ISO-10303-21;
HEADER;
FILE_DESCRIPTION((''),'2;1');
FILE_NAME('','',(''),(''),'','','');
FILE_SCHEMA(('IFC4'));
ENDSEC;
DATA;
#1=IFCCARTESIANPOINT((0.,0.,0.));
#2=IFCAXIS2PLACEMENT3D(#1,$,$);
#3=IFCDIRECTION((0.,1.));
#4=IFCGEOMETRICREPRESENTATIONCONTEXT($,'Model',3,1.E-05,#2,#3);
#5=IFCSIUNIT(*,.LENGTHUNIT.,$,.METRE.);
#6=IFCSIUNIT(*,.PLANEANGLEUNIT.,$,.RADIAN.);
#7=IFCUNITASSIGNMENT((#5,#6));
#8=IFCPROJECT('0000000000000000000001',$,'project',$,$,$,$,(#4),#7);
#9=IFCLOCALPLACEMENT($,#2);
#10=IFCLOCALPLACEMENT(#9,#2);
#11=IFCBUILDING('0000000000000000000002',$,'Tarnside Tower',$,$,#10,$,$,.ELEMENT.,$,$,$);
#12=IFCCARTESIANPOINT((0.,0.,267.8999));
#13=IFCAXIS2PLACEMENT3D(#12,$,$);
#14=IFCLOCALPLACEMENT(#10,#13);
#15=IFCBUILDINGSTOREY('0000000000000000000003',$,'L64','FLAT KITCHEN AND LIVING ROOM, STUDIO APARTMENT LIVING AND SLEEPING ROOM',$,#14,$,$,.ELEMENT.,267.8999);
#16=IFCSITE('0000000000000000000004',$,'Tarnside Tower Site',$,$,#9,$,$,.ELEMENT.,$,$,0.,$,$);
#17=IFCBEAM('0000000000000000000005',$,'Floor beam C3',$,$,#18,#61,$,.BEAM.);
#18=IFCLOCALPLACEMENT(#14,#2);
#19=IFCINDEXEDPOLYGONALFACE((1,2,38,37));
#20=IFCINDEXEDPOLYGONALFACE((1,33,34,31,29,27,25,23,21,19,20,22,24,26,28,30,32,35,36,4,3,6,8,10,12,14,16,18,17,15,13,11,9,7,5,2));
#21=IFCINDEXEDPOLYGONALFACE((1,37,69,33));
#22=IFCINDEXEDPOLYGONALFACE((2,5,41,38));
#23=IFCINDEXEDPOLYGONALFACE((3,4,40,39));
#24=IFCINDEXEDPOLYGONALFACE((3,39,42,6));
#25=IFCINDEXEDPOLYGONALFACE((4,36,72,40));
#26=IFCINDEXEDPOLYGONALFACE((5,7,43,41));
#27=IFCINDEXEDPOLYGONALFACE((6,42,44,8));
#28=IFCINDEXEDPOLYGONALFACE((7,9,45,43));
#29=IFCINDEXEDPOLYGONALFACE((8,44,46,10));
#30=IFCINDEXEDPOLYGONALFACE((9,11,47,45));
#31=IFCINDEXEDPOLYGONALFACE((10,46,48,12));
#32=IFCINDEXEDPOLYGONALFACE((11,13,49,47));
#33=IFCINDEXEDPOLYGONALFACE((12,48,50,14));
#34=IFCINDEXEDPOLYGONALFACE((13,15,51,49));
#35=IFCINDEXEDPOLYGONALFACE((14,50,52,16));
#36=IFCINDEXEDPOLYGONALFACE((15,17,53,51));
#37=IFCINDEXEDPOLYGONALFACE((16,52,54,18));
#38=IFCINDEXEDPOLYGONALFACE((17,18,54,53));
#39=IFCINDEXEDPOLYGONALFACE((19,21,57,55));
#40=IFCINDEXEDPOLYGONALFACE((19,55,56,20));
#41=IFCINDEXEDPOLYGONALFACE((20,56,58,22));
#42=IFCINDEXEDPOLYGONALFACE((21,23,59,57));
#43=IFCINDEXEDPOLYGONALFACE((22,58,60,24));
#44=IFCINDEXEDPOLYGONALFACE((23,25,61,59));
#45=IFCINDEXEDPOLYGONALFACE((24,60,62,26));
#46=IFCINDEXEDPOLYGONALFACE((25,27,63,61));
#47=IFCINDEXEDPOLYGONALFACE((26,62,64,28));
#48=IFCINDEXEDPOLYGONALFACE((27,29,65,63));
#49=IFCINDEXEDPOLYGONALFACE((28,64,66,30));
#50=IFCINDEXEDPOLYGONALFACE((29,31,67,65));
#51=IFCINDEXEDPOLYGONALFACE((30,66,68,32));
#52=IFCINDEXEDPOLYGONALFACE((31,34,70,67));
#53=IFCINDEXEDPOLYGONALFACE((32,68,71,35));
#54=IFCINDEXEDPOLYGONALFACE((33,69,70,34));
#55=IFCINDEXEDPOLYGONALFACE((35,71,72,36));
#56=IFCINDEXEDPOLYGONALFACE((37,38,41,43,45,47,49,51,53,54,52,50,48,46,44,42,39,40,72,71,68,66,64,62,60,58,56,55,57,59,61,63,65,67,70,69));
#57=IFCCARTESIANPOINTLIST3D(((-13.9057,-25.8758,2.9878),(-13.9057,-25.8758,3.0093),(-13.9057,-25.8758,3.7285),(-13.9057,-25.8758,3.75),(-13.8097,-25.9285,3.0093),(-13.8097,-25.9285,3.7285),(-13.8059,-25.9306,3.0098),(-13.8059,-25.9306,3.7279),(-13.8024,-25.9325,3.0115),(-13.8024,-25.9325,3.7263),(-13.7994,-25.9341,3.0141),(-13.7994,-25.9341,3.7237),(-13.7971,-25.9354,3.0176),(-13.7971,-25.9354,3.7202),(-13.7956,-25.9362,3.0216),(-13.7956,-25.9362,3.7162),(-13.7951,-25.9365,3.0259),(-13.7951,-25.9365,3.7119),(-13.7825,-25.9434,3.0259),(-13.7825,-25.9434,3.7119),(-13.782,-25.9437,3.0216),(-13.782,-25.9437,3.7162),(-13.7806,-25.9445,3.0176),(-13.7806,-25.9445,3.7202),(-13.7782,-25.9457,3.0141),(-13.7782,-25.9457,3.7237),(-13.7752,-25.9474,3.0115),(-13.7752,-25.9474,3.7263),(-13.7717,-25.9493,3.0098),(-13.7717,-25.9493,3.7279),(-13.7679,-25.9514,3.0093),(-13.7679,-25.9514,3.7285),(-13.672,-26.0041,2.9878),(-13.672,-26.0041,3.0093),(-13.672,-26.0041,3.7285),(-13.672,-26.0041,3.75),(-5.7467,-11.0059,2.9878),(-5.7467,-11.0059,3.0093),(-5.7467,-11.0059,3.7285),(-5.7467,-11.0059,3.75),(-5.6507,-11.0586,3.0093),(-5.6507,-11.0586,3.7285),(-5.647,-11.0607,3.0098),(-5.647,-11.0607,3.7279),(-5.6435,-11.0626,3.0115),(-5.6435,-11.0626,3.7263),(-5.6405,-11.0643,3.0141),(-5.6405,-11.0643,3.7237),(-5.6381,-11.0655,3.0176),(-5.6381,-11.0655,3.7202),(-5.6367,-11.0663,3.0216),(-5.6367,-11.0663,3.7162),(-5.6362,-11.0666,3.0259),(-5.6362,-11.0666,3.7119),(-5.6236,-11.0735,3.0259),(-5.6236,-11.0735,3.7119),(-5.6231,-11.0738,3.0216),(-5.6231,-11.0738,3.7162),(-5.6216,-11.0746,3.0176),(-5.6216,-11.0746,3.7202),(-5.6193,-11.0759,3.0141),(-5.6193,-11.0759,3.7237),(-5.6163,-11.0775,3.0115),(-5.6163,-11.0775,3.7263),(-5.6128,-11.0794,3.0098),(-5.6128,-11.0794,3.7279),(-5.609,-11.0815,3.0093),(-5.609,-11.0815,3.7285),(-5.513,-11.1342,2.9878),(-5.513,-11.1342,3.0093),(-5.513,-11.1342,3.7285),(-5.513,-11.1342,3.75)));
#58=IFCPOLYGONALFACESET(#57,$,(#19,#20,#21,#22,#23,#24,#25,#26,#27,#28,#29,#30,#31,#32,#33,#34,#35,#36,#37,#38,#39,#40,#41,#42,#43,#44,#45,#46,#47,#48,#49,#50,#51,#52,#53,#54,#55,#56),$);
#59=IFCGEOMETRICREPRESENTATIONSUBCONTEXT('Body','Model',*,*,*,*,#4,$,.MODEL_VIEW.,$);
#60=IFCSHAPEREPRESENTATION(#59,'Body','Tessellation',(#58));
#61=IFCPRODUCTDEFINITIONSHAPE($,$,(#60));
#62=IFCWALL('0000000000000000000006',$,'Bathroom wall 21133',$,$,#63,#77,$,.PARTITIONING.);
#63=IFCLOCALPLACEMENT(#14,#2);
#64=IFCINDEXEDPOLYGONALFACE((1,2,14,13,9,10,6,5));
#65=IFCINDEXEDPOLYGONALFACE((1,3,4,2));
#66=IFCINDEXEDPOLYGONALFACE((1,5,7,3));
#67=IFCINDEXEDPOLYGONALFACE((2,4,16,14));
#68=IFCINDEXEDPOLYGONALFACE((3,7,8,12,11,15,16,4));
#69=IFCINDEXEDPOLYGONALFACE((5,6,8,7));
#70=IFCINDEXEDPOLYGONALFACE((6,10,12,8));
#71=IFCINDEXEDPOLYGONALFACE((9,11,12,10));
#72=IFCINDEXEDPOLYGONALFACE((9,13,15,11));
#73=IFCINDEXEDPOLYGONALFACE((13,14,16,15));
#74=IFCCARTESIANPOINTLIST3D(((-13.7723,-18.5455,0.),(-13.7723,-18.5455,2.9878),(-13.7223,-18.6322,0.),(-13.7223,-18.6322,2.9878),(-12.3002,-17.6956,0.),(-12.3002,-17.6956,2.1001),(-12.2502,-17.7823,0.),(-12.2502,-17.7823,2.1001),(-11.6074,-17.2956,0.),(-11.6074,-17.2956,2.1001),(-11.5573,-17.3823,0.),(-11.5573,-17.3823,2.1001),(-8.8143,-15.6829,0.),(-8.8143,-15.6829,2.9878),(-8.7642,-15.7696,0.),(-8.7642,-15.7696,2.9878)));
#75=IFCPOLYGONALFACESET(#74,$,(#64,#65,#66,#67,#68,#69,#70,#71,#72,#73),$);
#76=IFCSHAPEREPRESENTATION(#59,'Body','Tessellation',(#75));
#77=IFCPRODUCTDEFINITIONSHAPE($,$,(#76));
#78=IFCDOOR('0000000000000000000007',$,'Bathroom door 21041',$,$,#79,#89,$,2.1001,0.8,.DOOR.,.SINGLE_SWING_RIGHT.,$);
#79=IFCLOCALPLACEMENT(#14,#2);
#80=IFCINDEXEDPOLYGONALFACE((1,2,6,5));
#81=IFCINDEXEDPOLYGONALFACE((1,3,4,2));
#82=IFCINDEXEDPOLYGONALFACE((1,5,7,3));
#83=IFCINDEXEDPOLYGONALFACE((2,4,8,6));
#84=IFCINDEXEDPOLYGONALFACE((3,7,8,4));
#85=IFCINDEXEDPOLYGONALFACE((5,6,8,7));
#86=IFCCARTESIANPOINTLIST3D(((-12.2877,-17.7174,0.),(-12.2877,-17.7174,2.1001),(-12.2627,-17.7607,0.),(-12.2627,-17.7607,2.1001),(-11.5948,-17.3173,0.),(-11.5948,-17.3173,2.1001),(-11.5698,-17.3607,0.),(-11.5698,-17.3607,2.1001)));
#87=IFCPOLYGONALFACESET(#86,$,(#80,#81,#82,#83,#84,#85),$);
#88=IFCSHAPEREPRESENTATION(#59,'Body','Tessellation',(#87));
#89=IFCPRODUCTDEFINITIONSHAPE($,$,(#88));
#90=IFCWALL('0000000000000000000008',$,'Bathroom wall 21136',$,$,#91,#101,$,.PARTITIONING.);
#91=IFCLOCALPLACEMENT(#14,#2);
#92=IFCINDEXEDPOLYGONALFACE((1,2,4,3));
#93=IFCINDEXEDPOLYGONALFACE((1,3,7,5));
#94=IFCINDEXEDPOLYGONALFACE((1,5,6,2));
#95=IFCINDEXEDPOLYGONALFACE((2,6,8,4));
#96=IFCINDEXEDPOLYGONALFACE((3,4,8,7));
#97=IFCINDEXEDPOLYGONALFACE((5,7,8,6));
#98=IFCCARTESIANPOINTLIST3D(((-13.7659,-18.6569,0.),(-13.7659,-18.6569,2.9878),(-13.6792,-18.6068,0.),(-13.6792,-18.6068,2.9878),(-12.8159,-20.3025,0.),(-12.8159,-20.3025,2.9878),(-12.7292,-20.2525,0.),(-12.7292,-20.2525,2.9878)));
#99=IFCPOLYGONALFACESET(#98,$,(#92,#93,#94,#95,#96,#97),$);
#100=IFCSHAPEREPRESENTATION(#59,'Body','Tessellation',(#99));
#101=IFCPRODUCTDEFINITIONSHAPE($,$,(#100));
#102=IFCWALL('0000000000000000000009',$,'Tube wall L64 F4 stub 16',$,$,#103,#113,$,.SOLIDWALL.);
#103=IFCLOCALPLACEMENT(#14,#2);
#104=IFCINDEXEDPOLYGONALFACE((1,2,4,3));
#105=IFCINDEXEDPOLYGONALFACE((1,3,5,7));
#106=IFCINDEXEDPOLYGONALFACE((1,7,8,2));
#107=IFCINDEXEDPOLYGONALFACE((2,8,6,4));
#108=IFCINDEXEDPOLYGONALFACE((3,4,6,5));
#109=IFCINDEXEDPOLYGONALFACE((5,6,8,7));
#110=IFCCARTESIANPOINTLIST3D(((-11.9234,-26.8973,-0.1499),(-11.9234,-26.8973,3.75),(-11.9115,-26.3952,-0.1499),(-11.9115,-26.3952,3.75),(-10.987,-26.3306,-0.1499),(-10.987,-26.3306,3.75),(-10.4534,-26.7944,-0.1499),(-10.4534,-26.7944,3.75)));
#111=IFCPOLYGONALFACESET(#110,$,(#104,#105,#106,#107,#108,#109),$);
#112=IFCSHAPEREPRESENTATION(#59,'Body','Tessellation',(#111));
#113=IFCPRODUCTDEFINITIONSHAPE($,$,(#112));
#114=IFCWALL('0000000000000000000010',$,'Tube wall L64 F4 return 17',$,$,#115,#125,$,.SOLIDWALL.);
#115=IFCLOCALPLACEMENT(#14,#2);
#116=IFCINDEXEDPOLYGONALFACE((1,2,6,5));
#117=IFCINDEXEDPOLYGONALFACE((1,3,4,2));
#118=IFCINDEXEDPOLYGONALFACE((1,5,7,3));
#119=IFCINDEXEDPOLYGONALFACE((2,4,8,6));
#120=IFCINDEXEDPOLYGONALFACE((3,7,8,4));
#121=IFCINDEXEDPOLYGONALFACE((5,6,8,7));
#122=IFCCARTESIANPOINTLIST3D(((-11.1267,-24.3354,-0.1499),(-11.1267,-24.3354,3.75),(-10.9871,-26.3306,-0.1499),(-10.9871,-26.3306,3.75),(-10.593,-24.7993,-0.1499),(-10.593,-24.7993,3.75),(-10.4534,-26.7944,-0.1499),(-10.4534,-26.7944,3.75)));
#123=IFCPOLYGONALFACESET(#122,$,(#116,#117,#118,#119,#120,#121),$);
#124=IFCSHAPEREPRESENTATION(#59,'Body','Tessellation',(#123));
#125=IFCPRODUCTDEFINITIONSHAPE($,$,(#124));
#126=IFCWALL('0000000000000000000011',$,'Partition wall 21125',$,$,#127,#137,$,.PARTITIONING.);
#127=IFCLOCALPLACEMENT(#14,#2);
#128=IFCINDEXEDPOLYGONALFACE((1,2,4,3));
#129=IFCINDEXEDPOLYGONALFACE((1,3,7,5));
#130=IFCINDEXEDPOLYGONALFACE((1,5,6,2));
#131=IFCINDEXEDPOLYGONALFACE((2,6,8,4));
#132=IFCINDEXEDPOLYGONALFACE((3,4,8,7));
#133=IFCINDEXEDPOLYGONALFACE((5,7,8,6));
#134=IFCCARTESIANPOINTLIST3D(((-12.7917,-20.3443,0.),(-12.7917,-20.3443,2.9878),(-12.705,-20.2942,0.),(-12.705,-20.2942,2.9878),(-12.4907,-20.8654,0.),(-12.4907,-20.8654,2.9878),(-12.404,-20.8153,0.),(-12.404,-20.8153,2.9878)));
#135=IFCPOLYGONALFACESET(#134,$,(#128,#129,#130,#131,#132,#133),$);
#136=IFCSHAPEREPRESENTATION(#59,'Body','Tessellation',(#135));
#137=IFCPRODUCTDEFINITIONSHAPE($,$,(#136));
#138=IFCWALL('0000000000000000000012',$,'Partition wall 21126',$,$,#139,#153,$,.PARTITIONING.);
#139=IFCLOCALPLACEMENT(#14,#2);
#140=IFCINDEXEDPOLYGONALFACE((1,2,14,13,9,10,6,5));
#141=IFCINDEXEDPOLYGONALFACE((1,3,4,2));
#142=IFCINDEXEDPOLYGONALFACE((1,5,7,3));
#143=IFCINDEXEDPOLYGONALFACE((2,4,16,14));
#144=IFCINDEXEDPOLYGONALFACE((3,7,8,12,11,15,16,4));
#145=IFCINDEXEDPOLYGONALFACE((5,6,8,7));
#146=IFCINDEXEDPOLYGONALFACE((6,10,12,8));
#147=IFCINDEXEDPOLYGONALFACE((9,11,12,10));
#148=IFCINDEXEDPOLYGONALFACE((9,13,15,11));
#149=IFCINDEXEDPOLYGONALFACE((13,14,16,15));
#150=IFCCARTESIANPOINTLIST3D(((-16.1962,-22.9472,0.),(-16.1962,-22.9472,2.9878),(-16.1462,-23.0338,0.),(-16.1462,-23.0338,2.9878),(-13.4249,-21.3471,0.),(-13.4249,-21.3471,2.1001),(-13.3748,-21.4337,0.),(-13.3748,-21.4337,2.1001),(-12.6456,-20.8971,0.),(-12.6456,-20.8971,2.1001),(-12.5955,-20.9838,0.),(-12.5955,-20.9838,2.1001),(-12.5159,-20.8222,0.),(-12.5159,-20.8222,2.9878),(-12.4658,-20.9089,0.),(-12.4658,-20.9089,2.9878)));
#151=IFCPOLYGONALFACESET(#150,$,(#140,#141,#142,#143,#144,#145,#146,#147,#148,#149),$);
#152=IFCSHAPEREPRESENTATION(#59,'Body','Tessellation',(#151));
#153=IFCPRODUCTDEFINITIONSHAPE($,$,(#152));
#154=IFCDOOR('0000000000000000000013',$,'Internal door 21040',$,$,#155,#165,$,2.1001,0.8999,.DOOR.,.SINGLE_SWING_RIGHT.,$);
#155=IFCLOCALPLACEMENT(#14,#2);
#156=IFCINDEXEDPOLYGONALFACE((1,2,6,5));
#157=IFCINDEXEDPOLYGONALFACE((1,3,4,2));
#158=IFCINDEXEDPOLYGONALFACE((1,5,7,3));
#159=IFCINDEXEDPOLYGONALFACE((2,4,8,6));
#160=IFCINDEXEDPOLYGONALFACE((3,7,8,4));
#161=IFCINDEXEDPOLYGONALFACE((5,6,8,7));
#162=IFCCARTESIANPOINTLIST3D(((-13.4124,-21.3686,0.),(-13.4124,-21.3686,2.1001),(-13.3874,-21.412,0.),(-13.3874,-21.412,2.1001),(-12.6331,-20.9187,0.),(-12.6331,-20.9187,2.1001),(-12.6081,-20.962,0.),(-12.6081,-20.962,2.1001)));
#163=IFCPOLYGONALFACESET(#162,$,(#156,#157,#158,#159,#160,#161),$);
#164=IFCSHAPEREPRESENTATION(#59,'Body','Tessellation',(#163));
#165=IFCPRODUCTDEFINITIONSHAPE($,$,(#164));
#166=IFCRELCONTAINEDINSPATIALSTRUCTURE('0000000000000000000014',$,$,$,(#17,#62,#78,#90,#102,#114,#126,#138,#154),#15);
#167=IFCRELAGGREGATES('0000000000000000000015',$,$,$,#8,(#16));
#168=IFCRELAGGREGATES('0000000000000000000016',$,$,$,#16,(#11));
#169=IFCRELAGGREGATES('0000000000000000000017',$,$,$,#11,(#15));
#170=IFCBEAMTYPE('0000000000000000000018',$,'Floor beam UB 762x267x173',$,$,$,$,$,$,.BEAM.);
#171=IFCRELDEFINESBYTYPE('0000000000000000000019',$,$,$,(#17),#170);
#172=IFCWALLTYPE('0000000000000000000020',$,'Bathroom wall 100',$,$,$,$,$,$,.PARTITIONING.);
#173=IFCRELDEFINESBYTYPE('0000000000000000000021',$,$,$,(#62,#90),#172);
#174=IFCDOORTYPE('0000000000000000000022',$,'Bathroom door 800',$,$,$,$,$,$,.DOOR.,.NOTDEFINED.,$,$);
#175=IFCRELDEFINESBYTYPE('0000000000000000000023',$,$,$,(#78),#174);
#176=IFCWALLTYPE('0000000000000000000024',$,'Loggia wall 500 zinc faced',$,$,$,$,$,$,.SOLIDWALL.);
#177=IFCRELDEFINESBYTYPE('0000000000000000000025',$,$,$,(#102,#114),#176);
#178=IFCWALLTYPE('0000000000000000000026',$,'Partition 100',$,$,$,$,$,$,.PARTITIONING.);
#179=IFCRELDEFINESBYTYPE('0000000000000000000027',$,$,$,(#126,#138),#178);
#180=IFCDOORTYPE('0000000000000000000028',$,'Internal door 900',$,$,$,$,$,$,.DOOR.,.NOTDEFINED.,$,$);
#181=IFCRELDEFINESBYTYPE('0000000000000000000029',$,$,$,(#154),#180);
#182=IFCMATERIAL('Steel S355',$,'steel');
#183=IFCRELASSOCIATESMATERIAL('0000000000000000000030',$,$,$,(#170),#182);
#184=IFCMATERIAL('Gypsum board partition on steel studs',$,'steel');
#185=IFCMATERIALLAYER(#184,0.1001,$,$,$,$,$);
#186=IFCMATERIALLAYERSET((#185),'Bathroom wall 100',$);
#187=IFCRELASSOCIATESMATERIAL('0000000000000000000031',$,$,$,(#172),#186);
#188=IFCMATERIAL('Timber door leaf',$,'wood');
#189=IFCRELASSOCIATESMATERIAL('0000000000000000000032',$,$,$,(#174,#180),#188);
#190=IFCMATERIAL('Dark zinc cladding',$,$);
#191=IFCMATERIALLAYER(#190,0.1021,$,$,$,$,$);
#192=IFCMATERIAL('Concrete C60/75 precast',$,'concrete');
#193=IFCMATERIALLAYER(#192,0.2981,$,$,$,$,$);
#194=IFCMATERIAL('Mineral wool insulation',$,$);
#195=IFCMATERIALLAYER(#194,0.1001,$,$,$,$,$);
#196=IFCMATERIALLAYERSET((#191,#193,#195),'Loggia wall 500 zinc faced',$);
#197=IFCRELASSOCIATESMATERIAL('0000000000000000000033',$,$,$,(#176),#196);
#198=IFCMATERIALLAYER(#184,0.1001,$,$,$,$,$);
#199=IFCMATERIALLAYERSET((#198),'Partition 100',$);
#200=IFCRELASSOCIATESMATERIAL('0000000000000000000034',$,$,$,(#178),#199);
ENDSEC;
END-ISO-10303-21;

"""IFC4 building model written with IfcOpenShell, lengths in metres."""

from ifc_helpers import new_model, si_unit, direction, frame, frame_2d, origin, origin_2d, place, context, subcontext, project, spatial, polyline, rectangle, i_section, outline, extrude, material, layer, layer_set, material_profile, profile_set, type_object, element, fill, save


model = new_model("IFC4")

# Units and contexts
model_context = context("Model", 3, precision=1e-05, world=origin(), true_north=direction((0.0, 1.0)))
body_context = subcontext(model_context, "Body", "Model", "MODEL_VIEW")
ifc_project = project(units=[si_unit("LENGTHUNIT", "METRE"), si_unit("PLANEANGLEUNIT", "RADIAN")], contexts=[model_context])

# Site, building, storey
site_placement = place(None, origin())
site = spatial("IfcSite", under=ifc_project, at=site_placement, Name="Tarnside Tower Site", CompositionType="ELEMENT", RefElevation=0.0)
building_placement = place(site_placement, origin())
building = spatial("IfcBuilding", under=site, at=building_placement, Name="Tarnside Tower", CompositionType="ELEMENT")
storey_placement = place(building_placement, frame((0.0, 0.0, 267.8999)))
storey = spatial("IfcBuildingStorey", under=building, at=storey_placement, Name="L64", Description="FLAT KITCHEN AND LIVING ROOM, STUDIO APARTMENT LIVING AND SLEEPING ROOM", CompositionType="ELEMENT", Elevation=267.8999)

# Beam
ifc_material_1 = material(Name="Steel S355", Category="steel")
ifc_material_profile = material_profile(ifc_material_1, i_section(OverallWidth=0.2666, OverallDepth=0.7622, WebThickness=0.0144, FlangeThickness=0.0215, FilletRadius=0.0166, at=origin_2d()), Name="UB 762x267x173")
ifc_profile_set = profile_set([ifc_material_profile], Name="Steel S355")
beam_type = type_object("IfcBeamType", Name="Floor beam UB 762x267x173", PredefinedType="BEAM", material=ifc_profile_set)
beam_placement = place(storey_placement, frame((-13.7888, -25.9399, 3.3689), z_axis=(0.481036, 0.876701, 0.0), x_axis=(-0.876701, 0.481036, 0.0)))
element("IfcBeam", 1, at=beam_placement, inside=storey, type_object=beam_type, Name="Floor beam C3", PredefinedType="BEAM", context=body_context, shape_type="SweptSolid", body=[
    extrude(i_section(OverallWidth=0.2666, OverallDepth=0.7622, WebThickness=0.0144, FlangeThickness=0.0215, FilletRadius=0.0166, at=origin_2d()), origin(), (0.0, 0.0, 1.0), 16.9612),
])

# Wall, opening, door
ifc_material_2 = material(Name="Gypsum board partition on steel studs", Category="steel")
ifc_layer_1 = layer(ifc_material_2, 0.1001)
ifc_layer_set_1 = layer_set([ifc_layer_1], Name="Bathroom wall 100")
wall_type_1 = type_object("IfcWallType", Name="Bathroom wall 100", PredefinedType="PARTITIONING", material=ifc_layer_set_1)
wall_1_placement = place(storey_placement, frame((-13.7473, -18.5889, 0.0), z_axis=(0.0, 0.0, 1.0), x_axis=(0.866022, 0.500005, 0.0)))
wall_1 = element("IfcWall", 2, at=wall_1_placement, inside=storey, type_object=wall_type_1, Name="Bathroom wall 21133", PredefinedType="PARTITIONING", context=body_context, shape_type="SweptSolid", body=[
    extrude(rectangle(XDim=5.7251, YDim=0.1001, at=frame_2d((2.8625, 0.0))), origin(), (0.0, 0.0, 1.0), 2.9878),
])
opening_1_placement = place(wall_1_placement, frame((1.7, 0.0, 0.0)))
opening_1 = element("IfcOpeningElement", 3, at=opening_1_placement, cuts=wall_1, PredefinedType="OPENING", context=body_context, shape_type="SweptSolid", body=[
    extrude(rectangle(XDim=0.8, YDim=2.1001, at=frame_2d((0.3999, 1.05))), frame((0.0, 0.0601, 0.0), z_axis=(0.0, -1.0, 0.0), x_axis=(1.0, 0.0, 0.0)), (0.0, 0.0, 1.0), 0.1201),
])
ifc_material_3 = material(Name="Timber door leaf", Category="wood")
door_type_1 = type_object("IfcDoorType", Name="Bathroom door 800", OperationType="NOTDEFINED", PredefinedType="DOOR", material=ifc_material_3)
door_1_placement = place(opening_1_placement, origin())
door_1 = element("IfcDoor", 4, at=door_1_placement, inside=storey, type_object=door_type_1, Name="Bathroom door 21041", OperationType="SINGLE_SWING_RIGHT", OverallHeight=2.1001, OverallWidth=0.8, PredefinedType="DOOR", context=body_context, shape_type="SweptSolid", body=[
    extrude(rectangle(XDim=0.8, YDim=2.1001, at=frame_2d((0.3999, 1.05))), frame((0.0, 0.0249, 0.0), z_axis=(0.0, -1.0, 0.0), x_axis=(1.0, 0.0, 0.0)), (0.0, 0.0, 1.0), 0.05),
])
fill(opening_1, door_1)

# Walls
wall_2_placement = place(storey_placement, frame((-12.7725, -20.2776, 0.0), z_axis=(0.0, 0.0, 1.0), x_axis=(-0.499967, 0.866044, 0.0)))
element("IfcWall", 5, at=wall_2_placement, inside=storey, type_object=wall_type_1, Name="Bathroom wall 21136", PredefinedType="PARTITIONING", context=body_context, shape_type="SweptSolid", body=[
    extrude(rectangle(XDim=1.9001, YDim=0.1001, at=frame_2d((0.9502, 0.0))), origin(), (0.0, 0.0, 1.0), 2.9878),
])
ifc_material_4 = material(Name="Dark zinc cladding")
ifc_layer_2 = layer(ifc_material_4, 0.1021)
ifc_material_5 = material(Name="Concrete C60/75 precast", Category="concrete")
ifc_layer_3 = layer(ifc_material_5, 0.2981)
ifc_material_6 = material(Name="Mineral wool insulation")
ifc_layer_4 = layer(ifc_material_6, 0.1001)
ifc_layer_set_2 = layer_set([ifc_layer_2, ifc_layer_3, ifc_layer_4], Name="Loggia wall 500 zinc faced")
wall_type_2 = type_object("IfcWallType", Name="Loggia wall 500 zinc faced", PredefinedType="SOLIDWALL", material=ifc_layer_set_2)
wall_3_placement = place(storey_placement, frame((-11.9175, -26.6462, -0.1499), z_axis=(0.0, 0.0, 1.0), x_axis=(0.997563, 0.069772, 0.0)))
element("IfcWall", 6, at=wall_3_placement, inside=storey, type_object=wall_type_2, Name="Tube wall L64 F4 stub 16", PredefinedType="SOLIDWALL", context=body_context, shape_type="SweptSolid", body=[
    extrude(outline(polyline([(-0.0234, -0.25), (1.4502, -0.25), (0.9502, 0.25), (0.0234, 0.25), (-0.0234, -0.25)])), origin(), (0.0, 0.0, 1.0), 3.8999),
])
wall_4_placement = place(storey_placement, frame((-10.7202, -26.5625, -0.1499), z_axis=(0.0, 0.0, 1.0), x_axis=(-0.069824, 0.997559, 0.0)))
element("IfcWall", 7, at=wall_4_placement, inside=storey, type_object=wall_type_2, Name="Tube wall L64 F4 return 17", PredefinedType="SOLIDWALL", context=body_context, shape_type="SweptSolid", body=[
    extrude(outline(polyline([(-0.25, -0.25), (1.75, -0.25), (2.25, 0.25), (0.25, 0.25), (-0.25, -0.25)])), origin(), (0.0, 0.0, 1.0), 3.8999),
])

# Wall
ifc_layer_5 = layer(ifc_material_2, 0.1001)
ifc_layer_set_3 = layer_set([ifc_layer_5], Name="Partition 100")
wall_type_3 = type_object("IfcWallType", Name="Partition 100", PredefinedType="PARTITIONING", material=ifc_layer_set_3)
wall_5_placement = place(storey_placement, frame((-12.7483, -20.3193, 0.0), z_axis=(0.0, 0.0, 1.0), x_axis=(0.500109, -0.865963, 0.0)))
element("IfcWall", 8, at=wall_5_placement, inside=storey, type_object=wall_type_3, Name="Partition wall 21125", PredefinedType="PARTITIONING", context=body_context, shape_type="SweptSolid", body=[
    extrude(rectangle(XDim=0.6018, YDim=0.1001, at=frame_2d((0.3008, 0.0))), origin(), (0.0, 0.0, 1.0), 2.9878),
])

# Wall, opening, door
wall_6_placement = place(storey_placement, frame((-12.4907, -20.8655, 0.0), z_axis=(0.0, 0.0, 1.0), x_axis=(-0.866014, -0.500019, 0.0)))
wall_6 = element("IfcWall", 9, at=wall_6_placement, inside=storey, type_object=wall_type_3, Name="Partition wall 21126", PredefinedType="PARTITIONING", context=body_context, shape_type="SweptSolid", body=[
    extrude(rectangle(XDim=4.2498, YDim=0.1001, at=frame_2d((2.125, 0.0))), origin(), (0.0, 0.0, 1.0), 2.9878),
])
opening_2_placement = place(wall_6_placement, frame((0.1499, 0.0, 0.0)))
opening_2 = element("IfcOpeningElement", 10, at=opening_2_placement, cuts=wall_6, PredefinedType="OPENING", context=body_context, shape_type="SweptSolid", body=[
    extrude(rectangle(XDim=0.8999, YDim=2.1001, at=frame_2d((0.45, 1.05))), frame((0.0, 0.0601, 0.0), z_axis=(0.0, -1.0, 0.0), x_axis=(1.0, 0.0, 0.0)), (0.0, 0.0, 1.0), 0.1201),
])
door_type_2 = type_object("IfcDoorType", Name="Internal door 900", OperationType="NOTDEFINED", PredefinedType="DOOR", material=ifc_material_3)
door_2_placement = place(opening_2_placement, origin())
door_2 = element("IfcDoor", 11, at=door_2_placement, inside=storey, type_object=door_type_2, Name="Internal door 21040", OperationType="SINGLE_SWING_RIGHT", OverallHeight=2.1001, OverallWidth=0.8999, PredefinedType="DOOR", context=body_context, shape_type="SweptSolid", body=[
    extrude(rectangle(XDim=0.8999, YDim=2.1001, at=frame_2d((0.45, 1.05))), frame((0.0, 0.0249, 0.0), z_axis=(0.0, -1.0, 0.0), x_axis=(1.0, 0.0, 0.0)), (0.0, 0.0, 1.0), 0.05),
])
fill(opening_2, door_2)

save(model, "model.ifc")
